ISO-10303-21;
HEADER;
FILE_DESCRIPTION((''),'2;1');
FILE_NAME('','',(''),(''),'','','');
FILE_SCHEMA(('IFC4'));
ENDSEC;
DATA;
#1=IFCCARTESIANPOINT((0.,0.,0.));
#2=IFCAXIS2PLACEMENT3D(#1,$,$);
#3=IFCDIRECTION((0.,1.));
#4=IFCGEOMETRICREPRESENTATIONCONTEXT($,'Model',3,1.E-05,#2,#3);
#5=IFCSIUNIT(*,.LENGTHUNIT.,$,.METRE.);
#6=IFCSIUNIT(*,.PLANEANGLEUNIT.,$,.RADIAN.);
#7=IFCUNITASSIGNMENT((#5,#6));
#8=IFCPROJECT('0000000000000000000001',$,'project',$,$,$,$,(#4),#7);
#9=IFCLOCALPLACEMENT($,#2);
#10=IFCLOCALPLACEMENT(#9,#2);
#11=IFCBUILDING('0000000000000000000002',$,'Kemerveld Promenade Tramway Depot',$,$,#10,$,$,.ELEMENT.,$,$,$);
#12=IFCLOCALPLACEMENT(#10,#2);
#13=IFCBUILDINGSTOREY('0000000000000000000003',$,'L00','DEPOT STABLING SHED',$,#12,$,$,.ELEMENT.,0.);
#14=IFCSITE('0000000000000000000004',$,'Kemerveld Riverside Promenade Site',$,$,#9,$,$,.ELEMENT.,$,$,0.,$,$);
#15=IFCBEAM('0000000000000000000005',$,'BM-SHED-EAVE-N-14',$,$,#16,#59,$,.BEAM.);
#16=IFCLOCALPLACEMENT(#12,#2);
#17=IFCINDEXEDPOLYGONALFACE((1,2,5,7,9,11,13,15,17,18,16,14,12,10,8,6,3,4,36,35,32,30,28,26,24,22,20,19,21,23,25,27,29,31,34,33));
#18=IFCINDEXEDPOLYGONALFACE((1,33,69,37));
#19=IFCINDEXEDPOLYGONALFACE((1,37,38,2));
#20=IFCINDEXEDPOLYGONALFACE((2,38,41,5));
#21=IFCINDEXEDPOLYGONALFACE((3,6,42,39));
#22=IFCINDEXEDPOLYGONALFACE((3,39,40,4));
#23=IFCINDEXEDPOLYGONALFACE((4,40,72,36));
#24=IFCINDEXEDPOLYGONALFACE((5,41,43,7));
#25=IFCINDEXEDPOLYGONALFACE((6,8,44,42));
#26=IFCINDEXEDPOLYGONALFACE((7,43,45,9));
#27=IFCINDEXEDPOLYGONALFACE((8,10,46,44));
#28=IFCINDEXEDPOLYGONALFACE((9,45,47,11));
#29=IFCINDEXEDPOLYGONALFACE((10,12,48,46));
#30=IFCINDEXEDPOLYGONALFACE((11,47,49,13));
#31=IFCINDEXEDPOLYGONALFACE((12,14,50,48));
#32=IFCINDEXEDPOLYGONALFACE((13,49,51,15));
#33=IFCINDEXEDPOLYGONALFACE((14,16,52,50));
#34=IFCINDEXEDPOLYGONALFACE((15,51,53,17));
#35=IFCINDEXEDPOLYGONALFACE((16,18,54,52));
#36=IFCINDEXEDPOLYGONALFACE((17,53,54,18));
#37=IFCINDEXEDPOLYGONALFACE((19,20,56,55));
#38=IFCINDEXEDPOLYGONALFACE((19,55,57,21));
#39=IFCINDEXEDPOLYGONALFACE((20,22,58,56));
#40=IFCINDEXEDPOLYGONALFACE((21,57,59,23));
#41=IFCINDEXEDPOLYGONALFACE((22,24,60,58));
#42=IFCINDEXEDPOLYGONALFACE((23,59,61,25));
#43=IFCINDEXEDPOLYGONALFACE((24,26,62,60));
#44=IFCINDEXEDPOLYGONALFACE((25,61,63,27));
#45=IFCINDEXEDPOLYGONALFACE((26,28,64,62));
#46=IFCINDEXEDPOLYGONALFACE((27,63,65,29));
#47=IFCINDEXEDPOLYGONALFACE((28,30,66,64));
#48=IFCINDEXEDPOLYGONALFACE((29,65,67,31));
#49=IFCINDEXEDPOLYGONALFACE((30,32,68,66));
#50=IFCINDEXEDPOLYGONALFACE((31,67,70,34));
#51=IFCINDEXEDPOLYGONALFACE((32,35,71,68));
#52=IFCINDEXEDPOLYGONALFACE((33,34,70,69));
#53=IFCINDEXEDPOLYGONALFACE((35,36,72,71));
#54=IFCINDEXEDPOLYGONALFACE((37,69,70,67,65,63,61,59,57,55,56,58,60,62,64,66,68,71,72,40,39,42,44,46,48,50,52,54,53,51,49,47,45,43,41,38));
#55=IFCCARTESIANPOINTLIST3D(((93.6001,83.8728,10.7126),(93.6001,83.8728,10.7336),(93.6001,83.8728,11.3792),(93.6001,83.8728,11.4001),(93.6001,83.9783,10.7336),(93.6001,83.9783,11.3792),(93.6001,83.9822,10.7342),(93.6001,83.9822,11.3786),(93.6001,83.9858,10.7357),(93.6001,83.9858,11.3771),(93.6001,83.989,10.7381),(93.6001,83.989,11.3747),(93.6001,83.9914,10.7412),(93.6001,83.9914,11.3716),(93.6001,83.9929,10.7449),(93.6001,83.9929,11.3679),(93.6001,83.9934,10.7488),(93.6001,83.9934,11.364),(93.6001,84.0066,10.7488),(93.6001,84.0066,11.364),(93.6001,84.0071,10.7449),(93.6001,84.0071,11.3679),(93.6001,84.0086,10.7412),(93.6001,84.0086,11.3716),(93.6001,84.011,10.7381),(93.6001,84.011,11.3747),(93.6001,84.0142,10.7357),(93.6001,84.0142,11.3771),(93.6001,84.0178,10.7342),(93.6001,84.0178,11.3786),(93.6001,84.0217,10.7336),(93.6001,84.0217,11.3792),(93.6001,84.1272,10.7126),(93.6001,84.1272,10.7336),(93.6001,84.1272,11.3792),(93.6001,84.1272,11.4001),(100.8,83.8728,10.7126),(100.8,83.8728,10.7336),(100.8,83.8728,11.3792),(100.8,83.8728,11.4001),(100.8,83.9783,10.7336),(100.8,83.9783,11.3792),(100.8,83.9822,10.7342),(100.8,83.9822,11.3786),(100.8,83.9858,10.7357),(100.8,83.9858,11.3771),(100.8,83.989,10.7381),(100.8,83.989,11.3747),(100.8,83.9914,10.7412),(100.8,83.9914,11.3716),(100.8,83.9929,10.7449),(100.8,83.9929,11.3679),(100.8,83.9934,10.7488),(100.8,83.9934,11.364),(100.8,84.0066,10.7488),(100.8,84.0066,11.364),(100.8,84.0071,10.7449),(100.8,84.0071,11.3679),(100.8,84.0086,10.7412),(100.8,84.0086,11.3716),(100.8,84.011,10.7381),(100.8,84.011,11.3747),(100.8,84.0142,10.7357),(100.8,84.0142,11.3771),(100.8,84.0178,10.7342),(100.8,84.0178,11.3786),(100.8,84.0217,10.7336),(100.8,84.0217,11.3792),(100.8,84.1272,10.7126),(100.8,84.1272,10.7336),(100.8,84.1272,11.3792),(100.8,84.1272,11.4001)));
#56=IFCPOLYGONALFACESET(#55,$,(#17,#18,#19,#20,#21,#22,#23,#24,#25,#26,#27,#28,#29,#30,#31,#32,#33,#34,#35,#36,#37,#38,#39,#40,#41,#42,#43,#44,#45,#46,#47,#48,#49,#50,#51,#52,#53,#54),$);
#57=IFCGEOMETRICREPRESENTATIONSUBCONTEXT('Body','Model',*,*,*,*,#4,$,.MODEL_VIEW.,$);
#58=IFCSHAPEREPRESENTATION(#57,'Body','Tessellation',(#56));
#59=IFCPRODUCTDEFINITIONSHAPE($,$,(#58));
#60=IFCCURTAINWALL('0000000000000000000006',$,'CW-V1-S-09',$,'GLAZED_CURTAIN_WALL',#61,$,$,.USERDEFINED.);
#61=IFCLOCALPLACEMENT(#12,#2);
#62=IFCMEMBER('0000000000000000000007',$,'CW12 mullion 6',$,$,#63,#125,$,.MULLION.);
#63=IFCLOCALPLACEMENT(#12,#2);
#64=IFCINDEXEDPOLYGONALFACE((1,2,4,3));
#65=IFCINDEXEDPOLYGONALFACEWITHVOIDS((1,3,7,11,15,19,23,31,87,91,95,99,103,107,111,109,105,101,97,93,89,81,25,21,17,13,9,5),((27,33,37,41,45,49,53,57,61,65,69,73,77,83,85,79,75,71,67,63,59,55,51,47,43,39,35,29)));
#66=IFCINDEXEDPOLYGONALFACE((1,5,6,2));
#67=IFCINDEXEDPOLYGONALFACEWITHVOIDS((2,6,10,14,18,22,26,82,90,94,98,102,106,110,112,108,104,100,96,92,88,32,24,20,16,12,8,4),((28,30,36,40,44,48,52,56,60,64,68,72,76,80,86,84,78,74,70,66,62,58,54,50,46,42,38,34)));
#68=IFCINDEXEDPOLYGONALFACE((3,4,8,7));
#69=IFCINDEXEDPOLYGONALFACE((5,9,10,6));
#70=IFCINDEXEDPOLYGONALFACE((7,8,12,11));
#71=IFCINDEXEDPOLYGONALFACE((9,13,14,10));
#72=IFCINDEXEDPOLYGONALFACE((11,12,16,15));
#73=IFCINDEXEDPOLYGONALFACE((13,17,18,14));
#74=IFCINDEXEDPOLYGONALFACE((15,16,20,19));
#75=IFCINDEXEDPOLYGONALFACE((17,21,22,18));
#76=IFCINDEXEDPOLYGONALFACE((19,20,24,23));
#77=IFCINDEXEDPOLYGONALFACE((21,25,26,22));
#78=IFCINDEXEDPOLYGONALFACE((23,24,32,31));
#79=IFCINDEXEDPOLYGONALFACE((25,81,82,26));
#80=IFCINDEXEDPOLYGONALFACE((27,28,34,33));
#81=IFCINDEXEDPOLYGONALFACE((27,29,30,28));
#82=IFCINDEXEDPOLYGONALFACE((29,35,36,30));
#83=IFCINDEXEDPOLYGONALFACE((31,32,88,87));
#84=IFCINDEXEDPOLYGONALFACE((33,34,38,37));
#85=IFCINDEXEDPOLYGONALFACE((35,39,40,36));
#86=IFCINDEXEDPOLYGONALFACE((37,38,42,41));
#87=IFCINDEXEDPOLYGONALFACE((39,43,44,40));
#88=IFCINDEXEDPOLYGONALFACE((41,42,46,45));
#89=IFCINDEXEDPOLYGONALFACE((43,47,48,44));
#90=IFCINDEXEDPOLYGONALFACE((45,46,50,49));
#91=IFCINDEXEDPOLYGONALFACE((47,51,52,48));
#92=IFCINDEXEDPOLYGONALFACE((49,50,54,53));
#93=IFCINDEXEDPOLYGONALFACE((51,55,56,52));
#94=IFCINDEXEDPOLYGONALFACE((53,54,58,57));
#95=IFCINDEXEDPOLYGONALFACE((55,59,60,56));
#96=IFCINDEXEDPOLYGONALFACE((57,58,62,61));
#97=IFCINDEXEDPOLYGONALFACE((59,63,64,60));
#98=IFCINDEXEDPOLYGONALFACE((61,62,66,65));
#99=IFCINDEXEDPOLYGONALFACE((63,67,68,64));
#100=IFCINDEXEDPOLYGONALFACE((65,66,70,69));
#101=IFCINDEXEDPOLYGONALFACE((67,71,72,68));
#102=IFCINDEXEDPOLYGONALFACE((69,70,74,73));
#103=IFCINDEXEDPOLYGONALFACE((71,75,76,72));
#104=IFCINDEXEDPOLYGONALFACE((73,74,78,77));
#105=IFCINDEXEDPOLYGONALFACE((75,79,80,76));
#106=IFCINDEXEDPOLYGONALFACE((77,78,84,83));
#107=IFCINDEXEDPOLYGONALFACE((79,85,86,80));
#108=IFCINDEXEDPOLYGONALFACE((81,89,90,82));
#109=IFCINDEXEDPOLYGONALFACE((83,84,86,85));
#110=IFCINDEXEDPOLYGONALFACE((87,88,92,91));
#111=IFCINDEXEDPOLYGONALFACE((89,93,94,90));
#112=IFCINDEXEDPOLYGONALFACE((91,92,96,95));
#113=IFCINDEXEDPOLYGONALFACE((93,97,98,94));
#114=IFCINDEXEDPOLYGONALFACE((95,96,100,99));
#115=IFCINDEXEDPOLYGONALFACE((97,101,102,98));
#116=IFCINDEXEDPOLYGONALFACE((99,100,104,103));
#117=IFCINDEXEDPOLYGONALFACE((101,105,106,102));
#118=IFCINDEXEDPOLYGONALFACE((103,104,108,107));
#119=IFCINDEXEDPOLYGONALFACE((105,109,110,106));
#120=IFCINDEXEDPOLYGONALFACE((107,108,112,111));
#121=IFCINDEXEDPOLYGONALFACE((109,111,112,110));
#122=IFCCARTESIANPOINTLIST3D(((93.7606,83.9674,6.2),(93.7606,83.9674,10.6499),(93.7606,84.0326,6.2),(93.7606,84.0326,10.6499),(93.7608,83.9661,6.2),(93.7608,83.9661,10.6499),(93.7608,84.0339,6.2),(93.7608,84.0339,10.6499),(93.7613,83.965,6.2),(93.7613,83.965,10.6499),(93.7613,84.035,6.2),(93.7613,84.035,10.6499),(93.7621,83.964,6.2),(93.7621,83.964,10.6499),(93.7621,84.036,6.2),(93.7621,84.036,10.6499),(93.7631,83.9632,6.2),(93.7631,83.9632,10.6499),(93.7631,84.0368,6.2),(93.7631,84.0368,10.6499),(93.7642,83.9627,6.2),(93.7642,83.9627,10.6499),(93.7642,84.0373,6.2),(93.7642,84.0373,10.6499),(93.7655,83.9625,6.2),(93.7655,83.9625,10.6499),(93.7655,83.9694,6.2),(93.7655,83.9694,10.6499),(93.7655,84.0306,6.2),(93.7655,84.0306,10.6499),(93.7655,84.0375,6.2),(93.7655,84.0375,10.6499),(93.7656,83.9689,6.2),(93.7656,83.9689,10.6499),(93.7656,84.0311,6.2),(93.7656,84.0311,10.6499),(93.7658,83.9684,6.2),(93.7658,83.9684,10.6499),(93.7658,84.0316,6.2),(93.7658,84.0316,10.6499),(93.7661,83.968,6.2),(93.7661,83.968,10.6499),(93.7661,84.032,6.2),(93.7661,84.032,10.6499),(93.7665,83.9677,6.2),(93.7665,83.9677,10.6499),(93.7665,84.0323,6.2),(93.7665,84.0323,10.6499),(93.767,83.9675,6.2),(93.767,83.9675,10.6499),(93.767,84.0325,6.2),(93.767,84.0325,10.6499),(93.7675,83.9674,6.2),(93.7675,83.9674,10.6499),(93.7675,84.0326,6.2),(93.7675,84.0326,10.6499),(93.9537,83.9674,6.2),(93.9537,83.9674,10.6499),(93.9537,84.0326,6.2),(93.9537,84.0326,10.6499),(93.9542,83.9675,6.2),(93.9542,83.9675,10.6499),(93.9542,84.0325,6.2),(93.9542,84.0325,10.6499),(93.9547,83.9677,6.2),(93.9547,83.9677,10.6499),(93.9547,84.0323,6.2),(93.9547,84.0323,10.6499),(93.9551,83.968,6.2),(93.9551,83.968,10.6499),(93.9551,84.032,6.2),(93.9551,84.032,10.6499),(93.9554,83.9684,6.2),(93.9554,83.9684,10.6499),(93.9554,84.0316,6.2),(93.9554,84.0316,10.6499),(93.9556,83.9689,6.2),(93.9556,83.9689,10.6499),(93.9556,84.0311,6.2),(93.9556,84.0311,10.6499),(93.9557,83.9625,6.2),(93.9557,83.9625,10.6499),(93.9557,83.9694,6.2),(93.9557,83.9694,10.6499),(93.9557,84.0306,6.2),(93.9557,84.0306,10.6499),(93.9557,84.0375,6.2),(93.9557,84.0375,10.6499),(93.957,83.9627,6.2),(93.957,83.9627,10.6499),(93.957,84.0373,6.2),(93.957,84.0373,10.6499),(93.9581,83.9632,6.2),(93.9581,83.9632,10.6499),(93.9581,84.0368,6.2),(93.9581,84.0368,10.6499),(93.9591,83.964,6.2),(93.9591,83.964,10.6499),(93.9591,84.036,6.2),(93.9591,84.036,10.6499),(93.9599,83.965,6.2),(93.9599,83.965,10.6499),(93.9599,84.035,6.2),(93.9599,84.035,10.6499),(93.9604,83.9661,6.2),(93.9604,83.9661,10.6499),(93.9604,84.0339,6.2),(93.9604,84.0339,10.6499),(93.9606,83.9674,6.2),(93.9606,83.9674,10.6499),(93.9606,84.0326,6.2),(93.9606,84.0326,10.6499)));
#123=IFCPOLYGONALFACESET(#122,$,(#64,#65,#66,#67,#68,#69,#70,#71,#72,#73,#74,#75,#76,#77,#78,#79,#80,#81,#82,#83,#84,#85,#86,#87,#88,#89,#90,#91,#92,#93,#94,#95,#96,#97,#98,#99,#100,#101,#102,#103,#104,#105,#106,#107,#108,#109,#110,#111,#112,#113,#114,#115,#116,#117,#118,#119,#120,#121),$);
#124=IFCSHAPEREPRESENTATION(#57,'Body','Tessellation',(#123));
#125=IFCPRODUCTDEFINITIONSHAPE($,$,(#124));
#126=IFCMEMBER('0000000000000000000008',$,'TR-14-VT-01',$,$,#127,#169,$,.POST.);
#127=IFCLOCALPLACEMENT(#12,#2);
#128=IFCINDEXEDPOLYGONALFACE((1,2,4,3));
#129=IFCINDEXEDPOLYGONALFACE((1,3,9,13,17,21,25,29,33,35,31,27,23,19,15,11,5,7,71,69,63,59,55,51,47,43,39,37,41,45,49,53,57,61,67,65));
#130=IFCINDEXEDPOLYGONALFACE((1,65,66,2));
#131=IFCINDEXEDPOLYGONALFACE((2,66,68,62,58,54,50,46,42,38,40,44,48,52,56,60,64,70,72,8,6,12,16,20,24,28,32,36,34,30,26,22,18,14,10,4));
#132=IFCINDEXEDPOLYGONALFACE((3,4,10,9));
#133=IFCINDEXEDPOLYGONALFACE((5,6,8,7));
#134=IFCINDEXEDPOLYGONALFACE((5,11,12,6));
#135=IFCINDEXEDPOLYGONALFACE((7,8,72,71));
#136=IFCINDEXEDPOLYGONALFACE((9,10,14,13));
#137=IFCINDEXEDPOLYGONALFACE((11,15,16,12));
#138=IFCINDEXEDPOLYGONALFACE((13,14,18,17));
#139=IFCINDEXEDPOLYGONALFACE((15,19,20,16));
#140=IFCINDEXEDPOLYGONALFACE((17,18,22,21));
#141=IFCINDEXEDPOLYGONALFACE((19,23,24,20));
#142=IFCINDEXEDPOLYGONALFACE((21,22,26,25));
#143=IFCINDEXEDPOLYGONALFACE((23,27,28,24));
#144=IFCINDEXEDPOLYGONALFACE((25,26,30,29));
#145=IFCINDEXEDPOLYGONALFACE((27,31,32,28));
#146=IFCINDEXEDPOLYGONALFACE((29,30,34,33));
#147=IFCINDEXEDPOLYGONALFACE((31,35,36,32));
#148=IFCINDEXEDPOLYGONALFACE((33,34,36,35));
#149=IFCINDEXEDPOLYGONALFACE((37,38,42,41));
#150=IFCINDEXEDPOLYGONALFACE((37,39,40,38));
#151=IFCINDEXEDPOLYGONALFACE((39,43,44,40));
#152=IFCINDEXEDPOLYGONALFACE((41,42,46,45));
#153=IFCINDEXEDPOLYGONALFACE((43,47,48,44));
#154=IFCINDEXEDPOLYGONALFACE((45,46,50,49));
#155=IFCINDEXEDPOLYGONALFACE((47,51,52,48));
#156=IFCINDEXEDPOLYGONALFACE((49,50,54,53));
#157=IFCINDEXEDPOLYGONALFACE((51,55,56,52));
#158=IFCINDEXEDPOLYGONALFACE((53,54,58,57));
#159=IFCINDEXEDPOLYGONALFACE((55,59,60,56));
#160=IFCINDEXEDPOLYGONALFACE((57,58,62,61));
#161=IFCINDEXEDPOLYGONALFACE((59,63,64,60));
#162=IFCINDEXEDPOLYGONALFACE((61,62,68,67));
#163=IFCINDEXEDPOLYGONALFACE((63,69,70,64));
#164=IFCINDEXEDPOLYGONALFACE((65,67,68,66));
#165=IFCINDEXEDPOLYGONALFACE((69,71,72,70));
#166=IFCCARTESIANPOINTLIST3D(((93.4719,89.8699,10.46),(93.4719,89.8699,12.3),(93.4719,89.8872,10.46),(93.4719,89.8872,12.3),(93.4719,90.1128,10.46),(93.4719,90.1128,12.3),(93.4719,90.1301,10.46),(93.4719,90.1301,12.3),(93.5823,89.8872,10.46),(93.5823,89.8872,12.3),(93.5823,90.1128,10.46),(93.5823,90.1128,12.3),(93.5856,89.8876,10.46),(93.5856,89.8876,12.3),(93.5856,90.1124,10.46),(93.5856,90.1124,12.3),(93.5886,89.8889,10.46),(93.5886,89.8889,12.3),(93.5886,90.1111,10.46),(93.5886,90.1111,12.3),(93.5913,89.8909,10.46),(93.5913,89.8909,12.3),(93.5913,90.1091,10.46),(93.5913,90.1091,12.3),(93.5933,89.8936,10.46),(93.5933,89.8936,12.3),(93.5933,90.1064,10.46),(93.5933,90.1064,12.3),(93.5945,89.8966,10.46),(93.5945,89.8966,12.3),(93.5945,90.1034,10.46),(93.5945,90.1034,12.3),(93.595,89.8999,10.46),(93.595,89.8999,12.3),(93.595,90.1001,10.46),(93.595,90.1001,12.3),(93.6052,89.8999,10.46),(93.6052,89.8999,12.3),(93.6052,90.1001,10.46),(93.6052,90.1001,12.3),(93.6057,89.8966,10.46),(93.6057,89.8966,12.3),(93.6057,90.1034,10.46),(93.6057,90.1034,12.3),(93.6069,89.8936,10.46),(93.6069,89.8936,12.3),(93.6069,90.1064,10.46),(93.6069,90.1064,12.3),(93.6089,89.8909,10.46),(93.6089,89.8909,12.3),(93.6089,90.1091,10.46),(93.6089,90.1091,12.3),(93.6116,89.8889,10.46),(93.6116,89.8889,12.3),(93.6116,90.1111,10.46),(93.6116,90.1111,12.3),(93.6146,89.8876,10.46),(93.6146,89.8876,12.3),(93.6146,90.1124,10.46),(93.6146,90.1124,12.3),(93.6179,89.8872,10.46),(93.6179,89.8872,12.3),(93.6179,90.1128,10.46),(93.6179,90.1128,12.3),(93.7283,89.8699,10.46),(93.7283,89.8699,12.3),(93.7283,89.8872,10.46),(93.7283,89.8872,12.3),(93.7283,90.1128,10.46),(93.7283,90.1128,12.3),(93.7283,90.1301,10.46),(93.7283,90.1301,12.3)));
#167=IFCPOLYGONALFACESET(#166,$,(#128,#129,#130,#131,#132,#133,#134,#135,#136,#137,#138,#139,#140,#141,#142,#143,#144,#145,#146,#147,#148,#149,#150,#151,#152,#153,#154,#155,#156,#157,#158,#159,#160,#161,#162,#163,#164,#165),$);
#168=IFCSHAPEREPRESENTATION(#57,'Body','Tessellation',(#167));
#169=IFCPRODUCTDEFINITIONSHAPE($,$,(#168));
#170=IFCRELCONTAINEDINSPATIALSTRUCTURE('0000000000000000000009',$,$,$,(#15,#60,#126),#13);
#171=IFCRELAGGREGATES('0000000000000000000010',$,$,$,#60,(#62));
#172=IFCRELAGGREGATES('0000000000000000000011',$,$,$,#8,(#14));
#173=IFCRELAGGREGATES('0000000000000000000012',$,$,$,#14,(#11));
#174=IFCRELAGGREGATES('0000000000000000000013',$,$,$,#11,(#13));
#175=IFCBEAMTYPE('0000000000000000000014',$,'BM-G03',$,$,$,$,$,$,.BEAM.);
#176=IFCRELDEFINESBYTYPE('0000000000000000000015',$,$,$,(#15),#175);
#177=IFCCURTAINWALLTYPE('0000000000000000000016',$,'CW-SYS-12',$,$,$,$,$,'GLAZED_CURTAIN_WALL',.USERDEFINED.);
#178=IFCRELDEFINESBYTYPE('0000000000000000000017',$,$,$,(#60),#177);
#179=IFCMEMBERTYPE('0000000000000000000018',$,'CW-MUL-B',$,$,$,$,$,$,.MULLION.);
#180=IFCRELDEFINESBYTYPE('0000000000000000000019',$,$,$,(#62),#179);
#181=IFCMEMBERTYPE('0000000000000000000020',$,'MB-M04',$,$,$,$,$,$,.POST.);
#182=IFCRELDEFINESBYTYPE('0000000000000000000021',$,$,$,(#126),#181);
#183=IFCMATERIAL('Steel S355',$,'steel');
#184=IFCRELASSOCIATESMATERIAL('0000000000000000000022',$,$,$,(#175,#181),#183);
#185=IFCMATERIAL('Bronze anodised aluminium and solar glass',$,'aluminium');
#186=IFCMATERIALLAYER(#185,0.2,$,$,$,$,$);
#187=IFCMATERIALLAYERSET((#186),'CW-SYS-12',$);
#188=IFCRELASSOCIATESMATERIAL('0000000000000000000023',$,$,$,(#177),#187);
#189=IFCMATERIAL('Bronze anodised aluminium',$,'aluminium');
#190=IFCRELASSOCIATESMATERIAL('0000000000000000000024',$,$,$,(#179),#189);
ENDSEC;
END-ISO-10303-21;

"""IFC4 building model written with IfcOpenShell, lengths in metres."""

from ifc_helpers import new_model, si_unit, direction, frame, origin, origin_2d, place, context, subcontext, project, spatial, hollow_rectangle, i_section, extrude, material, layer, layer_set, material_profile, profile_set, type_object, element, aggregate, save


model = new_model("IFC4")

# Units and contexts
model_context = context("Model", 3, precision=1e-05, world=origin(), true_north=direction((0.0, 1.0)))
body_context = subcontext(model_context, "Body", "Model", "MODEL_VIEW")
ifc_project = project(units=[si_unit("LENGTHUNIT", "METRE"), si_unit("PLANEANGLEUNIT", "RADIAN")], contexts=[model_context])

# Site, building, storey
site_placement = place(None, origin())
site = spatial("IfcSite", under=ifc_project, at=site_placement, Name="Kemerveld Riverside Promenade Site", CompositionType="ELEMENT", RefElevation=0.0)
building_placement = place(site_placement, origin())
building = spatial("IfcBuilding", under=site, at=building_placement, Name="Kemerveld Promenade Tramway Depot", CompositionType="ELEMENT")
storey_placement = place(building_placement, origin())
storey = spatial("IfcBuildingStorey", under=building, at=storey_placement, Name="L00", Description="DEPOT STABLING SHED", CompositionType="ELEMENT", Elevation=0.0)

# Beam
ifc_material_1 = material(Name="Steel S355", Category="steel")
ifc_material_profile_1 = material_profile(ifc_material_1, i_section(OverallWidth=0.2544, OverallDepth=0.6875, WebThickness=0.0132, FlangeThickness=0.021, FilletRadius=0.0151, at=origin_2d()), Name="686x254x152 UB")
ifc_profile_set_1 = profile_set([ifc_material_profile_1], Name="Steel S355")
beam_type = type_object("IfcBeamType", Name="BM-G03", PredefinedType="BEAM", material=ifc_profile_set_1)
beam_placement = place(storey_placement, frame((93.6001, 84.0, 11.0564), z_axis=(1.0, 0.0, 0.0), x_axis=(0.0, 1.0, 0.0)))
element("IfcBeam", 1, at=beam_placement, inside=storey, type_object=beam_type, Name="BM-SHED-EAVE-N-14", PredefinedType="BEAM", context=body_context, shape_type="SweptSolid", body=[
    extrude(i_section(OverallWidth=0.2544, OverallDepth=0.6875, WebThickness=0.0132, FlangeThickness=0.021, FilletRadius=0.0151, at=origin_2d()), origin(), (0.0, 0.0, 1.0), 7.2),
])

# Curtain wall, member
ifc_material_2 = material(Name="Bronze anodised aluminium and solar glass", Category="aluminium")
ifc_layer_1 = layer(ifc_material_2, 0.2)
ifc_layer_set_1 = layer_set([ifc_layer_1], Name="CW-SYS-12")
curtain_wall_type = type_object("IfcCurtainWallType", Name="CW-SYS-12", ElementType="GLAZED_CURTAIN_WALL", PredefinedType="USERDEFINED", material=ifc_layer_set_1)
curtain_wall_placement = place(storey_placement, origin())
curtain_wall = element("IfcCurtainWall", 2, at=curtain_wall_placement, inside=storey, type_object=curtain_wall_type, Name="CW-V1-S-09", ObjectType="GLAZED_CURTAIN_WALL", PredefinedType="USERDEFINED")
ifc_material_3 = material(Name="Bronze anodised aluminium", Category="aluminium")
ifc_material_profile_2 = material_profile(ifc_material_3, hollow_rectangle(XDim=0.075, YDim=0.2, WallThickness=0.0049, InnerFilletRadius=0.002, OuterFilletRadius=0.0049, at=origin_2d()), Name="CW-MUL-200x75")
ifc_profile_set_2 = profile_set([ifc_material_profile_2], Name="Bronze anodised aluminium")
member_type_1 = type_object("IfcMemberType", Name="CW-MUL-B", PredefinedType="MULLION", material=ifc_profile_set_2)
member_1_placement = place(storey_placement, frame((93.8606, 84.0, 6.2), z_axis=(0.0, 0.0, 1.0), x_axis=(0.0, -1.0, 0.0)))
member_1 = element("IfcMember", 3, at=member_1_placement, type_object=member_type_1, Name="CW12 mullion 6", PredefinedType="MULLION", context=body_context, shape_type="SweptSolid", body=[
    extrude(hollow_rectangle(XDim=0.075, YDim=0.2, WallThickness=0.0049, InnerFilletRadius=0.002, OuterFilletRadius=0.0049, at=origin_2d()), origin(), (0.0, 0.0, 1.0), 4.45),
])

# Member
ifc_material_profile_3 = material_profile(ifc_material_1, i_section(OverallWidth=0.2563, OverallDepth=0.2603, WebThickness=0.0103, FlangeThickness=0.0173, FilletRadius=0.0127, at=origin_2d()), Name="254x254x89 UC")
ifc_profile_set_3 = profile_set([ifc_material_profile_3], Name="Steel S355")
member_type_2 = type_object("IfcMemberType", Name="MB-M04", PredefinedType="POST", material=ifc_profile_set_3)
member_2_placement = place(storey_placement, frame((93.6001, 90.0, 10.46), z_axis=(0.0, 0.0, 1.0), x_axis=(1.0, 0.0, 0.0)))
element("IfcMember", 4, at=member_2_placement, inside=storey, type_object=member_type_2, Name="TR-14-VT-01", PredefinedType="POST", context=body_context, shape_type="SweptSolid", body=[
    extrude(i_section(OverallWidth=0.2563, OverallDepth=0.2603, WebThickness=0.0103, FlangeThickness=0.0173, FilletRadius=0.0127, at=origin_2d()), origin(), (0.0, 0.0, 1.0), 1.8401),
])

aggregate(curtain_wall, [member_1])

save(model, "model.ifc")
